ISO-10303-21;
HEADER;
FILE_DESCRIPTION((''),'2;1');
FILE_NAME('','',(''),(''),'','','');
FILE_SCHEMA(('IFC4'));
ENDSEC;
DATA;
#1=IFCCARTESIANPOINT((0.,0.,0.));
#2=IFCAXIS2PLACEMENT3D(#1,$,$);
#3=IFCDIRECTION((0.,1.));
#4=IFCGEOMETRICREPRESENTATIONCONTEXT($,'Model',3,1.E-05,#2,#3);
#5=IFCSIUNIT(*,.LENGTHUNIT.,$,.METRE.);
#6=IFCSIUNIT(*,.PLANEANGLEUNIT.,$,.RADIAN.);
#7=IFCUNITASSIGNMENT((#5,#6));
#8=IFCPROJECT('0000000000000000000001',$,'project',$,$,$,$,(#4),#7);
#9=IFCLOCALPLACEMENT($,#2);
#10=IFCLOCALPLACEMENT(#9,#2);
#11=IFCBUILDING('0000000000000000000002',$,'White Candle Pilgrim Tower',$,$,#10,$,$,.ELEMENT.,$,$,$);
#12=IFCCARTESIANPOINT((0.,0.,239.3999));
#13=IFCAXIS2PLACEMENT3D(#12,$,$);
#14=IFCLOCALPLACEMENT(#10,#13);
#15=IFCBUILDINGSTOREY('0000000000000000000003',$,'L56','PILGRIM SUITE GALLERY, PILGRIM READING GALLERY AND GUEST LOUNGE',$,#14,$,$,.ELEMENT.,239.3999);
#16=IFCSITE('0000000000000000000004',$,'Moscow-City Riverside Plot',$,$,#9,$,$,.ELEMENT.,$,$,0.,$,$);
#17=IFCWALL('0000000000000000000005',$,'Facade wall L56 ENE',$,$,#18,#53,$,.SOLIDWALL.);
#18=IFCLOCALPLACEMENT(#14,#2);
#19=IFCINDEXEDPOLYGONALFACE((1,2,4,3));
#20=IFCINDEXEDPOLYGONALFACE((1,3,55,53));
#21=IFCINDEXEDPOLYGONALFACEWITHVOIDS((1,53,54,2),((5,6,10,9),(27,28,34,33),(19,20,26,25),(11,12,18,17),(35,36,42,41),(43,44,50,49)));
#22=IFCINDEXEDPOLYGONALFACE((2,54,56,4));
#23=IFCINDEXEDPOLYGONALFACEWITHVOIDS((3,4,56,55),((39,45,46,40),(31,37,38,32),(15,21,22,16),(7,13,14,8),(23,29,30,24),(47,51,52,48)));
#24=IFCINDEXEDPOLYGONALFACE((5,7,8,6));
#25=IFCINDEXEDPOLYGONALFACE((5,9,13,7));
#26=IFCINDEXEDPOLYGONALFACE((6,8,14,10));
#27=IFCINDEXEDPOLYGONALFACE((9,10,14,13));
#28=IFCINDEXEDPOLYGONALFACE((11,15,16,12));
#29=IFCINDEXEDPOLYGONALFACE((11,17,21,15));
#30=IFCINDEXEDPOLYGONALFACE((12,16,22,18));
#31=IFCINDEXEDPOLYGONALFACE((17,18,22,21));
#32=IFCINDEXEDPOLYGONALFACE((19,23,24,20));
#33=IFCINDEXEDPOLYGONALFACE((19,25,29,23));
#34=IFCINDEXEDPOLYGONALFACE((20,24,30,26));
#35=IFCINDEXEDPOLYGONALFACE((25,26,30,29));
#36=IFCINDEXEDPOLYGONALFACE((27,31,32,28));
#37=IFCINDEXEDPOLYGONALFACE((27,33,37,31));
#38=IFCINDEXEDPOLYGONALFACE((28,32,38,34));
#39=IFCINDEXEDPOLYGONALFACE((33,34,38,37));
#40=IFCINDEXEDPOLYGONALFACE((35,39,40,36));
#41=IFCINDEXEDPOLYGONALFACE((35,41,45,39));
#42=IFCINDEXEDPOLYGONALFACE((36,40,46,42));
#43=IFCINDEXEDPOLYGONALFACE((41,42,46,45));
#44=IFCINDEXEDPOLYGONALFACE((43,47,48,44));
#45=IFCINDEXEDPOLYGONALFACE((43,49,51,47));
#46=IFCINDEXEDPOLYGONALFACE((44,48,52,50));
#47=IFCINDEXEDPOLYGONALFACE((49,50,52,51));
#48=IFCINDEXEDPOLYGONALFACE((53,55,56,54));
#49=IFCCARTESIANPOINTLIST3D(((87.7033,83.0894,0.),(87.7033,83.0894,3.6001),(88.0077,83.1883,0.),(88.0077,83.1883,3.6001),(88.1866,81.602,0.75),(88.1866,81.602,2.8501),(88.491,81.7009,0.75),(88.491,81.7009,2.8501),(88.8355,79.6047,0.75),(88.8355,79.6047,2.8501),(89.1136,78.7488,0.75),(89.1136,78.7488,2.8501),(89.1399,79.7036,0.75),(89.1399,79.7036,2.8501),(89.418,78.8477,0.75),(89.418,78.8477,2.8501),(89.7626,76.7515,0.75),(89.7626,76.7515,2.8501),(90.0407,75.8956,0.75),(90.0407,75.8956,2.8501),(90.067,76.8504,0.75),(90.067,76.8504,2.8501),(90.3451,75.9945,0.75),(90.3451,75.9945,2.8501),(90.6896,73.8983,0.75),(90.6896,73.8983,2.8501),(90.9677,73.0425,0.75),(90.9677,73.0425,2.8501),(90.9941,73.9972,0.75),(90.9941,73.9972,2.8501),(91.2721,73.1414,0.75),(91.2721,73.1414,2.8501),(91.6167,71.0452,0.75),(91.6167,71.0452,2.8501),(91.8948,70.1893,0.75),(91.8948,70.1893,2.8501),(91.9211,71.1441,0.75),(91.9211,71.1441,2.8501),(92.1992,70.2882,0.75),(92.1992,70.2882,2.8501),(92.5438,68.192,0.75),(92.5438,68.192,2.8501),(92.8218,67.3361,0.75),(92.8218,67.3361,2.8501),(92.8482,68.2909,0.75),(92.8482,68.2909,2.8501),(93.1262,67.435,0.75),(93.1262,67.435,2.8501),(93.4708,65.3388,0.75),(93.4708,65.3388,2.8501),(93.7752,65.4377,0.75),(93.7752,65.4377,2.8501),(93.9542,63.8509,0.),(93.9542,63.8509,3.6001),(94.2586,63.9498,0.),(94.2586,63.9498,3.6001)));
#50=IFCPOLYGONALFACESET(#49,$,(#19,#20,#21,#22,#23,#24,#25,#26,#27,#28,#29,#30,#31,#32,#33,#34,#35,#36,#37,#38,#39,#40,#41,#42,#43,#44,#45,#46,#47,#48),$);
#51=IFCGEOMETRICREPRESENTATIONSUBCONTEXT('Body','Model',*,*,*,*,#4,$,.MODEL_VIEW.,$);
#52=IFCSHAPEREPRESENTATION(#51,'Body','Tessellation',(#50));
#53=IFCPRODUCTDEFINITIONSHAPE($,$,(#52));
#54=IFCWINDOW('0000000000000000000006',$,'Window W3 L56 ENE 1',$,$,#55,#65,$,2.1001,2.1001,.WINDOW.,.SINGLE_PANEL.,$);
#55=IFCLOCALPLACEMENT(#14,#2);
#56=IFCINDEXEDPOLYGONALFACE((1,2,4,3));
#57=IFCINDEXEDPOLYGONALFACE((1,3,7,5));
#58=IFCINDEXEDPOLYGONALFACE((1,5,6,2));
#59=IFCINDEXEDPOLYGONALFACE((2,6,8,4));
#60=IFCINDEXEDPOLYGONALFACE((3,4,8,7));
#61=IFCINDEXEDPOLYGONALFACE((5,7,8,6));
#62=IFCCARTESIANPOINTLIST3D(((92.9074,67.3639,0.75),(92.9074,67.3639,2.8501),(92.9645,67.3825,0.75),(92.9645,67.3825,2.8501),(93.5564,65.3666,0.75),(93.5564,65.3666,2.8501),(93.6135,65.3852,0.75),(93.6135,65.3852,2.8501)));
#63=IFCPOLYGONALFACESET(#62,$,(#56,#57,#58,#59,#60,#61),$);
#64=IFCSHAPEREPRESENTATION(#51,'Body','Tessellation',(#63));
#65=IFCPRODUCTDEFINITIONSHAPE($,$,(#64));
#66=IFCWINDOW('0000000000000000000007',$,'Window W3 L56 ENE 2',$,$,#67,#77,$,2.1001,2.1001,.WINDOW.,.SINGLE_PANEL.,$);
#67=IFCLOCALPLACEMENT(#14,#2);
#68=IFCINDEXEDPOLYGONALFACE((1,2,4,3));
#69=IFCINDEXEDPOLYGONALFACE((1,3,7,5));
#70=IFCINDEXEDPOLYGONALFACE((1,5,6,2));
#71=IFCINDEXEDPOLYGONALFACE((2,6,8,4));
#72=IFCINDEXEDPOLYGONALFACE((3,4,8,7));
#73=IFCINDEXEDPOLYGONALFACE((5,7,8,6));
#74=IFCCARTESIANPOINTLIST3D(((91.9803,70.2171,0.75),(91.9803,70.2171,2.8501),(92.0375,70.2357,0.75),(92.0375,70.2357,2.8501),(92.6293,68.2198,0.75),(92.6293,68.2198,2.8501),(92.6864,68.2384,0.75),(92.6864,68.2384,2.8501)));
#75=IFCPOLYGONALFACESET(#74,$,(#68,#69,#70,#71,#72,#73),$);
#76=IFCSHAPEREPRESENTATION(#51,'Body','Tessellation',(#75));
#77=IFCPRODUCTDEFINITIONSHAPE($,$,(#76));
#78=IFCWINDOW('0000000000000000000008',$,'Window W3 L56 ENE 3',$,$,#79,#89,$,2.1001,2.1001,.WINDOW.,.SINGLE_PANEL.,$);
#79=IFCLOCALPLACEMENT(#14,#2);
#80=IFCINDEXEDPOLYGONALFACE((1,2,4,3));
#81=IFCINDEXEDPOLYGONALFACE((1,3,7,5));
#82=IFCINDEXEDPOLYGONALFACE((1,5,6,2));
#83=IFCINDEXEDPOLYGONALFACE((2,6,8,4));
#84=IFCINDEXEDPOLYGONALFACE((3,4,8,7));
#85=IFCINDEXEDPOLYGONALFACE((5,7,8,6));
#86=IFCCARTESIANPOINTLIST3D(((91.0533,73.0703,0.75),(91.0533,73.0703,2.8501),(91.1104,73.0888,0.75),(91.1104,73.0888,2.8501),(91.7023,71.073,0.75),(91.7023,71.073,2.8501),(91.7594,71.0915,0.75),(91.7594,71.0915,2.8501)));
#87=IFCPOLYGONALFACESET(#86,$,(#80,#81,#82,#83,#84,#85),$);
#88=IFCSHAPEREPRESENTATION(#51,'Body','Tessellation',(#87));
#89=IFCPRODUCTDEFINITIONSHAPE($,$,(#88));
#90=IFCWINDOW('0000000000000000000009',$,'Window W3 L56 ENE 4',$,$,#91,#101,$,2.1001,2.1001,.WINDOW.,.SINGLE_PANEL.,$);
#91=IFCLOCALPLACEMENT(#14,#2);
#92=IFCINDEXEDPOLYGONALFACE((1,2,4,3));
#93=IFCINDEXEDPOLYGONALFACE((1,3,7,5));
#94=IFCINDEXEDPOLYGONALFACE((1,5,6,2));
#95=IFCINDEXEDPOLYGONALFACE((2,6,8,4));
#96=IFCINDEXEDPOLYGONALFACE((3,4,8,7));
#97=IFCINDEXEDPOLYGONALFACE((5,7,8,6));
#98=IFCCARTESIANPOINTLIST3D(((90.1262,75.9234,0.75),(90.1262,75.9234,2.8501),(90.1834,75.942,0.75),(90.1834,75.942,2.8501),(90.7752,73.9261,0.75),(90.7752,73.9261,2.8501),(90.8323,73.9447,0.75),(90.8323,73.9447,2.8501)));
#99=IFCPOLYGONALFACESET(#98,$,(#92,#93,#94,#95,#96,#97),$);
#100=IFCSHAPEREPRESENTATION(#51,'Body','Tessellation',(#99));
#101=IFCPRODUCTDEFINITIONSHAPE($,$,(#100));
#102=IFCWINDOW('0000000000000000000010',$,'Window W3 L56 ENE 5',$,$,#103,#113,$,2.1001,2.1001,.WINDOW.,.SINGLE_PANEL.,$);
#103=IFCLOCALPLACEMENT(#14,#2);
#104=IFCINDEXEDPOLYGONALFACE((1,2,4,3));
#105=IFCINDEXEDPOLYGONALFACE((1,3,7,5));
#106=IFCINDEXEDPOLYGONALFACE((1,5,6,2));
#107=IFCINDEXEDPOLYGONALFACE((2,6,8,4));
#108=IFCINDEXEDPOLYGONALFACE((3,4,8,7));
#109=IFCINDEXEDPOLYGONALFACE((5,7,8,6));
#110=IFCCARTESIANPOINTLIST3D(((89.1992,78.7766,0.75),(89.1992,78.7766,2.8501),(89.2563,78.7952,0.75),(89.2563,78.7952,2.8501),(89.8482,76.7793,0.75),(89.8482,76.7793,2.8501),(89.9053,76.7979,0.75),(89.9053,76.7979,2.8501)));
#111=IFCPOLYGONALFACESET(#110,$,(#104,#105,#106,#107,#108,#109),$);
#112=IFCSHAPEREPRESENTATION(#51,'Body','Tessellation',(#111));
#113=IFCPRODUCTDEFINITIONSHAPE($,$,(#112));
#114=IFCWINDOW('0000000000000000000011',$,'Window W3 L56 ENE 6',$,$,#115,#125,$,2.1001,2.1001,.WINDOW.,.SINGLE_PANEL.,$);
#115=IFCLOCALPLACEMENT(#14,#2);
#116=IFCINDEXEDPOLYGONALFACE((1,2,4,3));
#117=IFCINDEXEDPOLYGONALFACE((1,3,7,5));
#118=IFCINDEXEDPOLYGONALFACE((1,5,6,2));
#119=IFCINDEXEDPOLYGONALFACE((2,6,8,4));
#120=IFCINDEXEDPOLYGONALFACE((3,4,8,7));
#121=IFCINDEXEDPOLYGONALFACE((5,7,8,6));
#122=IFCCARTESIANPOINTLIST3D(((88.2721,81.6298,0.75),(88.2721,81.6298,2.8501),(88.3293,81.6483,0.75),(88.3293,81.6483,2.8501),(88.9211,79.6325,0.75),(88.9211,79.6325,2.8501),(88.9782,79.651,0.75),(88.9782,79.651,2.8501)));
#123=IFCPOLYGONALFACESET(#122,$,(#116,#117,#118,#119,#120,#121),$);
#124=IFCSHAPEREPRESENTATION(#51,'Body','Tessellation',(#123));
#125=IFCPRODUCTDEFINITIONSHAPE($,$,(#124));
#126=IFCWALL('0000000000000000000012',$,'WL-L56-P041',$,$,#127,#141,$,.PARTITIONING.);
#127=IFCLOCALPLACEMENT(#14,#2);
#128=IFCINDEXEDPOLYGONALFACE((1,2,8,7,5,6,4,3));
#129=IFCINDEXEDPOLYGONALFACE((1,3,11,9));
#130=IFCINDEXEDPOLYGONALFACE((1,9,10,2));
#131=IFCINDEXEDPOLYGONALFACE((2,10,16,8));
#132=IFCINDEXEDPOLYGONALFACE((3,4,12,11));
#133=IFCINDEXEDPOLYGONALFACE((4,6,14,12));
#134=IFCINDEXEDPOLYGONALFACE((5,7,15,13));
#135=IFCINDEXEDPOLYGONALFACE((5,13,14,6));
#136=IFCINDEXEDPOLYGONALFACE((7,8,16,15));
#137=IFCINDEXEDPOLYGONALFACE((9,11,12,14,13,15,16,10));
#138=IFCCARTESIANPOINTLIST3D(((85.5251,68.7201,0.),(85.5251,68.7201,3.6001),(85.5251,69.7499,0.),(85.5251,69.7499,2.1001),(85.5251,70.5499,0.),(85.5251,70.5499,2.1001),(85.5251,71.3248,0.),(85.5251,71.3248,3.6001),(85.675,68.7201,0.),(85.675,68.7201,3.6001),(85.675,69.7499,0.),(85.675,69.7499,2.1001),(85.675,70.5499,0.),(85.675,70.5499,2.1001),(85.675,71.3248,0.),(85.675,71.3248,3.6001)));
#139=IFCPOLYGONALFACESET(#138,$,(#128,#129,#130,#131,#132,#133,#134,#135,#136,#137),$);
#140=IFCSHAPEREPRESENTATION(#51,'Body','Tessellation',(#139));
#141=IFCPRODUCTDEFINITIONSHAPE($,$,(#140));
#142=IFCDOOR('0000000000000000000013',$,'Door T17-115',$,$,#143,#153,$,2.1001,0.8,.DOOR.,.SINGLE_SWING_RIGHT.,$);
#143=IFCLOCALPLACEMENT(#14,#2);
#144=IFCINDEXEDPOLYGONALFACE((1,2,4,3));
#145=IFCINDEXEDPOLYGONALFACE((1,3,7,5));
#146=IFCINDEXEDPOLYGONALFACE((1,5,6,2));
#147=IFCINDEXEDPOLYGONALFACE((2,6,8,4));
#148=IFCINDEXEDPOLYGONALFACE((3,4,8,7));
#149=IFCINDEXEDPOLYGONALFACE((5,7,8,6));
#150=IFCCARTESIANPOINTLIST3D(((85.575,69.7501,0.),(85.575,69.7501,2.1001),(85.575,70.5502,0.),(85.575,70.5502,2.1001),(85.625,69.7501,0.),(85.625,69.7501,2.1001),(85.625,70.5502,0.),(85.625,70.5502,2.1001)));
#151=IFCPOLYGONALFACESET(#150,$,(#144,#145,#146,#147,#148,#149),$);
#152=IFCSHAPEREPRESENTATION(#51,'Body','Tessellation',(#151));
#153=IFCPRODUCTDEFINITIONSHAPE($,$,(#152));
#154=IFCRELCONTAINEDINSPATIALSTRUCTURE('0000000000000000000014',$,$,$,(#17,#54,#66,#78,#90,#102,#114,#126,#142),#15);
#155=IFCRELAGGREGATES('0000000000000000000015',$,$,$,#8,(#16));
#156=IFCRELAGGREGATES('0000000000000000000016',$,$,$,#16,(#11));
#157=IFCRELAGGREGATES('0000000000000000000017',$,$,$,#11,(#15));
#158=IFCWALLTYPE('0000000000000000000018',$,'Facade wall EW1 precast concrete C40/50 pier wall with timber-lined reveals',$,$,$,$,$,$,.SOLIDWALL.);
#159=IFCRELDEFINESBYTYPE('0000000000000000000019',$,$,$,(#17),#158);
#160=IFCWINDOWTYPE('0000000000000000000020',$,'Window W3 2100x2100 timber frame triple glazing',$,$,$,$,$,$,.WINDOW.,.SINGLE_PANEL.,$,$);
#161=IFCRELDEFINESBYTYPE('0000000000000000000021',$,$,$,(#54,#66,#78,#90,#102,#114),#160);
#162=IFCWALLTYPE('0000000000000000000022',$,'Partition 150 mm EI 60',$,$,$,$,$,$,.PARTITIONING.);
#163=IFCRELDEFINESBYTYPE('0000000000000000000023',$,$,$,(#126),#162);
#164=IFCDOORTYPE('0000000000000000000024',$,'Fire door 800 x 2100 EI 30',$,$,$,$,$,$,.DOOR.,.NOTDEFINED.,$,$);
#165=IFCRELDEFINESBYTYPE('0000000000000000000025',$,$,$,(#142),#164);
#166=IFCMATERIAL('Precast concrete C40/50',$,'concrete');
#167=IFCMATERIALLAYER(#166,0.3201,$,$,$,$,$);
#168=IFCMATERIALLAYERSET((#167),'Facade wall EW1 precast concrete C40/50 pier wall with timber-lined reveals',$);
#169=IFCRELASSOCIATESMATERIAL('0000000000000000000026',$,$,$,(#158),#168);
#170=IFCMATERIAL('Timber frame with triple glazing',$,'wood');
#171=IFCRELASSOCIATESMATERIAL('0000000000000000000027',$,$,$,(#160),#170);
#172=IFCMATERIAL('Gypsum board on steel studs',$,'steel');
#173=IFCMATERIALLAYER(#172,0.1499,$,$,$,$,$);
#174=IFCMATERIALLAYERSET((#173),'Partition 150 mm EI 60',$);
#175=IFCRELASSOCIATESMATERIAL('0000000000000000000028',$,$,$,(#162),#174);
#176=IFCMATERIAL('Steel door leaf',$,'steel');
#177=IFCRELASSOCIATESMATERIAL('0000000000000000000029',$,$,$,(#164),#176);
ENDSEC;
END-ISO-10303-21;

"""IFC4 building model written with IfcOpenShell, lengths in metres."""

from ifc_helpers import new_model, si_unit, direction, frame, frame_2d, origin, place, context, subcontext, project, spatial, rectangle, extrude, material, layer, layer_set, type_object, element, fill, save


model = new_model("IFC4")

# Units and contexts
model_context = context("Model", 3, precision=1e-05, world=origin(), true_north=direction((0.0, 1.0)))
body_context = subcontext(model_context, "Body", "Model", "MODEL_VIEW")
ifc_project = project(units=[si_unit("LENGTHUNIT", "METRE"), si_unit("PLANEANGLEUNIT", "RADIAN")], contexts=[model_context])

# Site, building, storey
site_placement = place(None, origin())
site = spatial("IfcSite", under=ifc_project, at=site_placement, Name="Moscow-City Riverside Plot", CompositionType="ELEMENT", RefElevation=0.0)
building_placement = place(site_placement, origin())
building = spatial("IfcBuilding", under=site, at=building_placement, Name="White Candle Pilgrim Tower", CompositionType="ELEMENT")
storey_placement = place(building_placement, frame((0.0, 0.0, 239.3999)))
storey = spatial("IfcBuildingStorey", under=building, at=storey_placement, Name="L56", Description="PILGRIM SUITE GALLERY, PILGRIM READING GALLERY AND GUEST LOUNGE", CompositionType="ELEMENT", Elevation=239.3999)

# Shared definitions
ifc_material_1 = material(Name="Gypsum board on steel studs", Category="steel")
ifc_material_2 = material(Name="Steel door leaf", Category="steel")

# Wall, openings, windows
ifc_material_3 = material(Name="Precast concrete C40/50", Category="concrete")
ifc_layer_1 = layer(ifc_material_3, 0.3201)
ifc_layer_set_1 = layer_set([ifc_layer_1], Name="Facade wall EW1 precast concrete C40/50 pier wall with timber-lined reveals")
wall_type_1 = type_object("IfcWallType", Name="Facade wall EW1 precast concrete C40/50 pier wall with timber-lined reveals", PredefinedType="SOLIDWALL", material=ifc_layer_set_1)
wall_1_placement = place(storey_placement, frame((94.1064, 63.9004, 0.0), z_axis=(0.0, 0.0, 1.0), x_axis=(-0.309017, 0.951057, 0.0)))
wall_1 = element("IfcWall", 1, at=wall_1_placement, inside=storey, type_object=wall_type_1, Name="Facade wall L56 ENE", PredefinedType="SOLIDWALL", context=body_context, shape_type="SweptSolid", body=[
    extrude(rectangle(XDim=20.2285, YDim=0.3201, at=frame_2d((10.1143, 0.0))), origin(), (0.0, 0.0, 1.0), 3.6001),
])
opening_1_placement = place(wall_1_placement, frame((1.5645, 0.0, 0.75)))
opening_1 = element("IfcOpeningElement", 2, at=opening_1_placement, cuts=wall_1, PredefinedType="OPENING", context=body_context, shape_type="SweptSolid", body=[
    extrude(rectangle(XDim=2.1001, YDim=2.1001, at=frame_2d((1.05, 1.05))), frame((0.0, 0.1699, 0.0), z_axis=(0.0, -1.0, 0.0), x_axis=(1.0, 0.0, 0.0)), (0.0, 0.0, 1.0), 0.3401),
])
opening_2_placement = place(wall_1_placement, frame((4.5645, 0.0, 0.75)))
opening_2 = element("IfcOpeningElement", 3, at=opening_2_placement, cuts=wall_1, PredefinedType="OPENING", context=body_context, shape_type="SweptSolid", body=[
    extrude(rectangle(XDim=2.1001, YDim=2.1001, at=frame_2d((1.05, 1.05))), frame((0.0, 0.1699, 0.0), z_axis=(0.0, -1.0, 0.0), x_axis=(1.0, 0.0, 0.0)), (0.0, 0.0, 1.0), 0.3401),
])
opening_3_placement = place(wall_1_placement, frame((7.5645, 0.0, 0.75)))
opening_3 = element("IfcOpeningElement", 4, at=opening_3_placement, cuts=wall_1, PredefinedType="OPENING", context=body_context, shape_type="SweptSolid", body=[
    extrude(rectangle(XDim=2.1001, YDim=2.1001, at=frame_2d((1.05, 1.05))), frame((0.0, 0.1699, 0.0), z_axis=(0.0, -1.0, 0.0), x_axis=(1.0, 0.0, 0.0)), (0.0, 0.0, 1.0), 0.3401),
])
opening_4_placement = place(wall_1_placement, frame((10.5645, 0.0, 0.75)))
opening_4 = element("IfcOpeningElement", 5, at=opening_4_placement, cuts=wall_1, PredefinedType="OPENING", context=body_context, shape_type="SweptSolid", body=[
    extrude(rectangle(XDim=2.1001, YDim=2.1001, at=frame_2d((1.05, 1.05))), frame((0.0, 0.1699, 0.0), z_axis=(0.0, -1.0, 0.0), x_axis=(1.0, 0.0, 0.0)), (0.0, 0.0, 1.0), 0.3401),
])
opening_5_placement = place(wall_1_placement, frame((13.5645, 0.0, 0.75)))
opening_5 = element("IfcOpeningElement", 6, at=opening_5_placement, cuts=wall_1, PredefinedType="OPENING", context=body_context, shape_type="SweptSolid", body=[
    extrude(rectangle(XDim=2.1001, YDim=2.1001, at=frame_2d((1.05, 1.05))), frame((0.0, 0.1699, 0.0), z_axis=(0.0, -1.0, 0.0), x_axis=(1.0, 0.0, 0.0)), (0.0, 0.0, 1.0), 0.3401),
])
opening_6_placement = place(wall_1_placement, frame((16.5645, 0.0, 0.75)))
opening_6 = element("IfcOpeningElement", 7, at=opening_6_placement, cuts=wall_1, PredefinedType="OPENING", context=body_context, shape_type="SweptSolid", body=[
    extrude(rectangle(XDim=2.1001, YDim=2.1001, at=frame_2d((1.05, 1.05))), frame((0.0, 0.1699, 0.0), z_axis=(0.0, -1.0, 0.0), x_axis=(1.0, 0.0, 0.0)), (0.0, 0.0, 1.0), 0.3401),
])
ifc_material_4 = material(Name="Timber frame with triple glazing", Category="wood")
window_type = type_object("IfcWindowType", Name="Window W3 2100x2100 timber frame triple glazing", PartitioningType="SINGLE_PANEL", PredefinedType="WINDOW", material=ifc_material_4)
window_1_placement = place(opening_1_placement, origin())
window_1 = element("IfcWindow", 8, at=window_1_placement, inside=storey, type_object=window_type, Name="Window W3 L56 ENE 1", OverallHeight=2.1001, OverallWidth=2.1001, PartitioningType="SINGLE_PANEL", PredefinedType="WINDOW", context=body_context, shape_type="SweptSolid", body=[
    extrude(rectangle(XDim=2.1001, YDim=2.1001, at=frame_2d((1.05, 1.05))), frame((0.0, 0.0701, 0.0), z_axis=(0.0, -1.0, 0.0), x_axis=(1.0, 0.0, 0.0)), (0.0, 0.0, 1.0), 0.0601),
])
fill(opening_1, window_1)
window_2_placement = place(opening_2_placement, origin())
window_2 = element("IfcWindow", 9, at=window_2_placement, inside=storey, type_object=window_type, Name="Window W3 L56 ENE 2", OverallHeight=2.1001, OverallWidth=2.1001, PartitioningType="SINGLE_PANEL", PredefinedType="WINDOW", context=body_context, shape_type="SweptSolid", body=[
    extrude(rectangle(XDim=2.1001, YDim=2.1001, at=frame_2d((1.05, 1.05))), frame((0.0, 0.0701, 0.0), z_axis=(0.0, -1.0, 0.0), x_axis=(1.0, 0.0, 0.0)), (0.0, 0.0, 1.0), 0.0601),
])
fill(opening_2, window_2)
window_3_placement = place(opening_3_placement, origin())
window_3 = element("IfcWindow", 10, at=window_3_placement, inside=storey, type_object=window_type, Name="Window W3 L56 ENE 3", OverallHeight=2.1001, OverallWidth=2.1001, PartitioningType="SINGLE_PANEL", PredefinedType="WINDOW", context=body_context, shape_type="SweptSolid", body=[
    extrude(rectangle(XDim=2.1001, YDim=2.1001, at=frame_2d((1.05, 1.05))), frame((0.0, 0.0701, 0.0), z_axis=(0.0, -1.0, 0.0), x_axis=(1.0, 0.0, 0.0)), (0.0, 0.0, 1.0), 0.0601),
])
fill(opening_3, window_3)
window_4_placement = place(opening_4_placement, origin())
window_4 = element("IfcWindow", 11, at=window_4_placement, inside=storey, type_object=window_type, Name="Window W3 L56 ENE 4", OverallHeight=2.1001, OverallWidth=2.1001, PartitioningType="SINGLE_PANEL", PredefinedType="WINDOW", context=body_context, shape_type="SweptSolid", body=[
    extrude(rectangle(XDim=2.1001, YDim=2.1001, at=frame_2d((1.05, 1.05))), frame((0.0, 0.0701, 0.0), z_axis=(0.0, -1.0, 0.0), x_axis=(1.0, 0.0, 0.0)), (0.0, 0.0, 1.0), 0.0601),
])
fill(opening_4, window_4)
window_5_placement = place(opening_5_placement, origin())
window_5 = element("IfcWindow", 12, at=window_5_placement, inside=storey, type_object=window_type, Name="Window W3 L56 ENE 5", OverallHeight=2.1001, OverallWidth=2.1001, PartitioningType="SINGLE_PANEL", PredefinedType="WINDOW", context=body_context, shape_type="SweptSolid", body=[
    extrude(rectangle(XDim=2.1001, YDim=2.1001, at=frame_2d((1.05, 1.05))), frame((0.0, 0.0701, 0.0), z_axis=(0.0, -1.0, 0.0), x_axis=(1.0, 0.0, 0.0)), (0.0, 0.0, 1.0), 0.0601),
])
fill(opening_5, window_5)
window_6_placement = place(opening_6_placement, origin())
window_6 = element("IfcWindow", 13, at=window_6_placement, inside=storey, type_object=window_type, Name="Window W3 L56 ENE 6", OverallHeight=2.1001, OverallWidth=2.1001, PartitioningType="SINGLE_PANEL", PredefinedType="WINDOW", context=body_context, shape_type="SweptSolid", body=[
    extrude(rectangle(XDim=2.1001, YDim=2.1001, at=frame_2d((1.05, 1.05))), frame((0.0, 0.0701, 0.0), z_axis=(0.0, -1.0, 0.0), x_axis=(1.0, 0.0, 0.0)), (0.0, 0.0, 1.0), 0.0601),
])
fill(opening_6, window_6)

# Wall, opening, door
ifc_layer_2 = layer(ifc_material_1, 0.1499)
ifc_layer_set_2 = layer_set([ifc_layer_2], Name="Partition 150 mm EI 60")
wall_type_2 = type_object("IfcWallType", Name="Partition 150 mm EI 60", PredefinedType="PARTITIONING", material=ifc_layer_set_2)
wall_2_placement = place(storey_placement, frame((85.6001, 68.7202, 0.0), z_axis=(0.0, 0.0, 1.0), x_axis=(0.0, 1.0, 0.0)))
wall_2 = element("IfcWall", 14, at=wall_2_placement, inside=storey, type_object=wall_type_2, Name="WL-L56-P041", PredefinedType="PARTITIONING", context=body_context, shape_type="SweptSolid", body=[
    extrude(rectangle(XDim=2.6047, YDim=0.1499, at=frame_2d((1.3022, 0.0))), origin(), (0.0, 0.0, 1.0), 3.6001),
])
opening_7_placement = place(wall_2_placement, frame((1.0298, 0.0, 0.0)))
opening_7 = element("IfcOpeningElement", 15, at=opening_7_placement, cuts=wall_2, PredefinedType="OPENING", context=body_context, shape_type="SweptSolid", body=[
    extrude(rectangle(XDim=0.8, YDim=2.1001, at=frame_2d((0.3999, 1.05))), frame((0.0, 0.085, 0.0), z_axis=(0.0, -1.0, 0.0), x_axis=(1.0, 0.0, 0.0)), (0.0, 0.0, 1.0), 0.1699),
])
door_type_1 = type_object("IfcDoorType", Name="Fire door 800 x 2100 EI 30", OperationType="NOTDEFINED", PredefinedType="DOOR", material=ifc_material_2)
door_1_placement = place(opening_7_placement, frame((0.8, 0.0, 0.0), z_axis=(0.0, 0.0, 1.0), x_axis=(-1.0, 0.0, 0.0)))
door_1 = element("IfcDoor", 16, at=door_1_placement, inside=storey, type_object=door_type_1, Name="Door T17-115", OperationType="SINGLE_SWING_RIGHT", OverallHeight=2.1001, OverallWidth=0.8, PredefinedType="DOOR", context=body_context, shape_type="SweptSolid", body=[
    extrude(rectangle(XDim=0.8, YDim=2.1001, at=frame_2d((0.3999, 1.05))), frame((0.0, 0.0249, 0.0), z_axis=(0.0, -1.0, 0.0), x_axis=(1.0, 0.0, 0.0)), (0.0, 0.0, 1.0), 0.05),
])
fill(opening_7, door_1)

save(model, "model.ifc")
